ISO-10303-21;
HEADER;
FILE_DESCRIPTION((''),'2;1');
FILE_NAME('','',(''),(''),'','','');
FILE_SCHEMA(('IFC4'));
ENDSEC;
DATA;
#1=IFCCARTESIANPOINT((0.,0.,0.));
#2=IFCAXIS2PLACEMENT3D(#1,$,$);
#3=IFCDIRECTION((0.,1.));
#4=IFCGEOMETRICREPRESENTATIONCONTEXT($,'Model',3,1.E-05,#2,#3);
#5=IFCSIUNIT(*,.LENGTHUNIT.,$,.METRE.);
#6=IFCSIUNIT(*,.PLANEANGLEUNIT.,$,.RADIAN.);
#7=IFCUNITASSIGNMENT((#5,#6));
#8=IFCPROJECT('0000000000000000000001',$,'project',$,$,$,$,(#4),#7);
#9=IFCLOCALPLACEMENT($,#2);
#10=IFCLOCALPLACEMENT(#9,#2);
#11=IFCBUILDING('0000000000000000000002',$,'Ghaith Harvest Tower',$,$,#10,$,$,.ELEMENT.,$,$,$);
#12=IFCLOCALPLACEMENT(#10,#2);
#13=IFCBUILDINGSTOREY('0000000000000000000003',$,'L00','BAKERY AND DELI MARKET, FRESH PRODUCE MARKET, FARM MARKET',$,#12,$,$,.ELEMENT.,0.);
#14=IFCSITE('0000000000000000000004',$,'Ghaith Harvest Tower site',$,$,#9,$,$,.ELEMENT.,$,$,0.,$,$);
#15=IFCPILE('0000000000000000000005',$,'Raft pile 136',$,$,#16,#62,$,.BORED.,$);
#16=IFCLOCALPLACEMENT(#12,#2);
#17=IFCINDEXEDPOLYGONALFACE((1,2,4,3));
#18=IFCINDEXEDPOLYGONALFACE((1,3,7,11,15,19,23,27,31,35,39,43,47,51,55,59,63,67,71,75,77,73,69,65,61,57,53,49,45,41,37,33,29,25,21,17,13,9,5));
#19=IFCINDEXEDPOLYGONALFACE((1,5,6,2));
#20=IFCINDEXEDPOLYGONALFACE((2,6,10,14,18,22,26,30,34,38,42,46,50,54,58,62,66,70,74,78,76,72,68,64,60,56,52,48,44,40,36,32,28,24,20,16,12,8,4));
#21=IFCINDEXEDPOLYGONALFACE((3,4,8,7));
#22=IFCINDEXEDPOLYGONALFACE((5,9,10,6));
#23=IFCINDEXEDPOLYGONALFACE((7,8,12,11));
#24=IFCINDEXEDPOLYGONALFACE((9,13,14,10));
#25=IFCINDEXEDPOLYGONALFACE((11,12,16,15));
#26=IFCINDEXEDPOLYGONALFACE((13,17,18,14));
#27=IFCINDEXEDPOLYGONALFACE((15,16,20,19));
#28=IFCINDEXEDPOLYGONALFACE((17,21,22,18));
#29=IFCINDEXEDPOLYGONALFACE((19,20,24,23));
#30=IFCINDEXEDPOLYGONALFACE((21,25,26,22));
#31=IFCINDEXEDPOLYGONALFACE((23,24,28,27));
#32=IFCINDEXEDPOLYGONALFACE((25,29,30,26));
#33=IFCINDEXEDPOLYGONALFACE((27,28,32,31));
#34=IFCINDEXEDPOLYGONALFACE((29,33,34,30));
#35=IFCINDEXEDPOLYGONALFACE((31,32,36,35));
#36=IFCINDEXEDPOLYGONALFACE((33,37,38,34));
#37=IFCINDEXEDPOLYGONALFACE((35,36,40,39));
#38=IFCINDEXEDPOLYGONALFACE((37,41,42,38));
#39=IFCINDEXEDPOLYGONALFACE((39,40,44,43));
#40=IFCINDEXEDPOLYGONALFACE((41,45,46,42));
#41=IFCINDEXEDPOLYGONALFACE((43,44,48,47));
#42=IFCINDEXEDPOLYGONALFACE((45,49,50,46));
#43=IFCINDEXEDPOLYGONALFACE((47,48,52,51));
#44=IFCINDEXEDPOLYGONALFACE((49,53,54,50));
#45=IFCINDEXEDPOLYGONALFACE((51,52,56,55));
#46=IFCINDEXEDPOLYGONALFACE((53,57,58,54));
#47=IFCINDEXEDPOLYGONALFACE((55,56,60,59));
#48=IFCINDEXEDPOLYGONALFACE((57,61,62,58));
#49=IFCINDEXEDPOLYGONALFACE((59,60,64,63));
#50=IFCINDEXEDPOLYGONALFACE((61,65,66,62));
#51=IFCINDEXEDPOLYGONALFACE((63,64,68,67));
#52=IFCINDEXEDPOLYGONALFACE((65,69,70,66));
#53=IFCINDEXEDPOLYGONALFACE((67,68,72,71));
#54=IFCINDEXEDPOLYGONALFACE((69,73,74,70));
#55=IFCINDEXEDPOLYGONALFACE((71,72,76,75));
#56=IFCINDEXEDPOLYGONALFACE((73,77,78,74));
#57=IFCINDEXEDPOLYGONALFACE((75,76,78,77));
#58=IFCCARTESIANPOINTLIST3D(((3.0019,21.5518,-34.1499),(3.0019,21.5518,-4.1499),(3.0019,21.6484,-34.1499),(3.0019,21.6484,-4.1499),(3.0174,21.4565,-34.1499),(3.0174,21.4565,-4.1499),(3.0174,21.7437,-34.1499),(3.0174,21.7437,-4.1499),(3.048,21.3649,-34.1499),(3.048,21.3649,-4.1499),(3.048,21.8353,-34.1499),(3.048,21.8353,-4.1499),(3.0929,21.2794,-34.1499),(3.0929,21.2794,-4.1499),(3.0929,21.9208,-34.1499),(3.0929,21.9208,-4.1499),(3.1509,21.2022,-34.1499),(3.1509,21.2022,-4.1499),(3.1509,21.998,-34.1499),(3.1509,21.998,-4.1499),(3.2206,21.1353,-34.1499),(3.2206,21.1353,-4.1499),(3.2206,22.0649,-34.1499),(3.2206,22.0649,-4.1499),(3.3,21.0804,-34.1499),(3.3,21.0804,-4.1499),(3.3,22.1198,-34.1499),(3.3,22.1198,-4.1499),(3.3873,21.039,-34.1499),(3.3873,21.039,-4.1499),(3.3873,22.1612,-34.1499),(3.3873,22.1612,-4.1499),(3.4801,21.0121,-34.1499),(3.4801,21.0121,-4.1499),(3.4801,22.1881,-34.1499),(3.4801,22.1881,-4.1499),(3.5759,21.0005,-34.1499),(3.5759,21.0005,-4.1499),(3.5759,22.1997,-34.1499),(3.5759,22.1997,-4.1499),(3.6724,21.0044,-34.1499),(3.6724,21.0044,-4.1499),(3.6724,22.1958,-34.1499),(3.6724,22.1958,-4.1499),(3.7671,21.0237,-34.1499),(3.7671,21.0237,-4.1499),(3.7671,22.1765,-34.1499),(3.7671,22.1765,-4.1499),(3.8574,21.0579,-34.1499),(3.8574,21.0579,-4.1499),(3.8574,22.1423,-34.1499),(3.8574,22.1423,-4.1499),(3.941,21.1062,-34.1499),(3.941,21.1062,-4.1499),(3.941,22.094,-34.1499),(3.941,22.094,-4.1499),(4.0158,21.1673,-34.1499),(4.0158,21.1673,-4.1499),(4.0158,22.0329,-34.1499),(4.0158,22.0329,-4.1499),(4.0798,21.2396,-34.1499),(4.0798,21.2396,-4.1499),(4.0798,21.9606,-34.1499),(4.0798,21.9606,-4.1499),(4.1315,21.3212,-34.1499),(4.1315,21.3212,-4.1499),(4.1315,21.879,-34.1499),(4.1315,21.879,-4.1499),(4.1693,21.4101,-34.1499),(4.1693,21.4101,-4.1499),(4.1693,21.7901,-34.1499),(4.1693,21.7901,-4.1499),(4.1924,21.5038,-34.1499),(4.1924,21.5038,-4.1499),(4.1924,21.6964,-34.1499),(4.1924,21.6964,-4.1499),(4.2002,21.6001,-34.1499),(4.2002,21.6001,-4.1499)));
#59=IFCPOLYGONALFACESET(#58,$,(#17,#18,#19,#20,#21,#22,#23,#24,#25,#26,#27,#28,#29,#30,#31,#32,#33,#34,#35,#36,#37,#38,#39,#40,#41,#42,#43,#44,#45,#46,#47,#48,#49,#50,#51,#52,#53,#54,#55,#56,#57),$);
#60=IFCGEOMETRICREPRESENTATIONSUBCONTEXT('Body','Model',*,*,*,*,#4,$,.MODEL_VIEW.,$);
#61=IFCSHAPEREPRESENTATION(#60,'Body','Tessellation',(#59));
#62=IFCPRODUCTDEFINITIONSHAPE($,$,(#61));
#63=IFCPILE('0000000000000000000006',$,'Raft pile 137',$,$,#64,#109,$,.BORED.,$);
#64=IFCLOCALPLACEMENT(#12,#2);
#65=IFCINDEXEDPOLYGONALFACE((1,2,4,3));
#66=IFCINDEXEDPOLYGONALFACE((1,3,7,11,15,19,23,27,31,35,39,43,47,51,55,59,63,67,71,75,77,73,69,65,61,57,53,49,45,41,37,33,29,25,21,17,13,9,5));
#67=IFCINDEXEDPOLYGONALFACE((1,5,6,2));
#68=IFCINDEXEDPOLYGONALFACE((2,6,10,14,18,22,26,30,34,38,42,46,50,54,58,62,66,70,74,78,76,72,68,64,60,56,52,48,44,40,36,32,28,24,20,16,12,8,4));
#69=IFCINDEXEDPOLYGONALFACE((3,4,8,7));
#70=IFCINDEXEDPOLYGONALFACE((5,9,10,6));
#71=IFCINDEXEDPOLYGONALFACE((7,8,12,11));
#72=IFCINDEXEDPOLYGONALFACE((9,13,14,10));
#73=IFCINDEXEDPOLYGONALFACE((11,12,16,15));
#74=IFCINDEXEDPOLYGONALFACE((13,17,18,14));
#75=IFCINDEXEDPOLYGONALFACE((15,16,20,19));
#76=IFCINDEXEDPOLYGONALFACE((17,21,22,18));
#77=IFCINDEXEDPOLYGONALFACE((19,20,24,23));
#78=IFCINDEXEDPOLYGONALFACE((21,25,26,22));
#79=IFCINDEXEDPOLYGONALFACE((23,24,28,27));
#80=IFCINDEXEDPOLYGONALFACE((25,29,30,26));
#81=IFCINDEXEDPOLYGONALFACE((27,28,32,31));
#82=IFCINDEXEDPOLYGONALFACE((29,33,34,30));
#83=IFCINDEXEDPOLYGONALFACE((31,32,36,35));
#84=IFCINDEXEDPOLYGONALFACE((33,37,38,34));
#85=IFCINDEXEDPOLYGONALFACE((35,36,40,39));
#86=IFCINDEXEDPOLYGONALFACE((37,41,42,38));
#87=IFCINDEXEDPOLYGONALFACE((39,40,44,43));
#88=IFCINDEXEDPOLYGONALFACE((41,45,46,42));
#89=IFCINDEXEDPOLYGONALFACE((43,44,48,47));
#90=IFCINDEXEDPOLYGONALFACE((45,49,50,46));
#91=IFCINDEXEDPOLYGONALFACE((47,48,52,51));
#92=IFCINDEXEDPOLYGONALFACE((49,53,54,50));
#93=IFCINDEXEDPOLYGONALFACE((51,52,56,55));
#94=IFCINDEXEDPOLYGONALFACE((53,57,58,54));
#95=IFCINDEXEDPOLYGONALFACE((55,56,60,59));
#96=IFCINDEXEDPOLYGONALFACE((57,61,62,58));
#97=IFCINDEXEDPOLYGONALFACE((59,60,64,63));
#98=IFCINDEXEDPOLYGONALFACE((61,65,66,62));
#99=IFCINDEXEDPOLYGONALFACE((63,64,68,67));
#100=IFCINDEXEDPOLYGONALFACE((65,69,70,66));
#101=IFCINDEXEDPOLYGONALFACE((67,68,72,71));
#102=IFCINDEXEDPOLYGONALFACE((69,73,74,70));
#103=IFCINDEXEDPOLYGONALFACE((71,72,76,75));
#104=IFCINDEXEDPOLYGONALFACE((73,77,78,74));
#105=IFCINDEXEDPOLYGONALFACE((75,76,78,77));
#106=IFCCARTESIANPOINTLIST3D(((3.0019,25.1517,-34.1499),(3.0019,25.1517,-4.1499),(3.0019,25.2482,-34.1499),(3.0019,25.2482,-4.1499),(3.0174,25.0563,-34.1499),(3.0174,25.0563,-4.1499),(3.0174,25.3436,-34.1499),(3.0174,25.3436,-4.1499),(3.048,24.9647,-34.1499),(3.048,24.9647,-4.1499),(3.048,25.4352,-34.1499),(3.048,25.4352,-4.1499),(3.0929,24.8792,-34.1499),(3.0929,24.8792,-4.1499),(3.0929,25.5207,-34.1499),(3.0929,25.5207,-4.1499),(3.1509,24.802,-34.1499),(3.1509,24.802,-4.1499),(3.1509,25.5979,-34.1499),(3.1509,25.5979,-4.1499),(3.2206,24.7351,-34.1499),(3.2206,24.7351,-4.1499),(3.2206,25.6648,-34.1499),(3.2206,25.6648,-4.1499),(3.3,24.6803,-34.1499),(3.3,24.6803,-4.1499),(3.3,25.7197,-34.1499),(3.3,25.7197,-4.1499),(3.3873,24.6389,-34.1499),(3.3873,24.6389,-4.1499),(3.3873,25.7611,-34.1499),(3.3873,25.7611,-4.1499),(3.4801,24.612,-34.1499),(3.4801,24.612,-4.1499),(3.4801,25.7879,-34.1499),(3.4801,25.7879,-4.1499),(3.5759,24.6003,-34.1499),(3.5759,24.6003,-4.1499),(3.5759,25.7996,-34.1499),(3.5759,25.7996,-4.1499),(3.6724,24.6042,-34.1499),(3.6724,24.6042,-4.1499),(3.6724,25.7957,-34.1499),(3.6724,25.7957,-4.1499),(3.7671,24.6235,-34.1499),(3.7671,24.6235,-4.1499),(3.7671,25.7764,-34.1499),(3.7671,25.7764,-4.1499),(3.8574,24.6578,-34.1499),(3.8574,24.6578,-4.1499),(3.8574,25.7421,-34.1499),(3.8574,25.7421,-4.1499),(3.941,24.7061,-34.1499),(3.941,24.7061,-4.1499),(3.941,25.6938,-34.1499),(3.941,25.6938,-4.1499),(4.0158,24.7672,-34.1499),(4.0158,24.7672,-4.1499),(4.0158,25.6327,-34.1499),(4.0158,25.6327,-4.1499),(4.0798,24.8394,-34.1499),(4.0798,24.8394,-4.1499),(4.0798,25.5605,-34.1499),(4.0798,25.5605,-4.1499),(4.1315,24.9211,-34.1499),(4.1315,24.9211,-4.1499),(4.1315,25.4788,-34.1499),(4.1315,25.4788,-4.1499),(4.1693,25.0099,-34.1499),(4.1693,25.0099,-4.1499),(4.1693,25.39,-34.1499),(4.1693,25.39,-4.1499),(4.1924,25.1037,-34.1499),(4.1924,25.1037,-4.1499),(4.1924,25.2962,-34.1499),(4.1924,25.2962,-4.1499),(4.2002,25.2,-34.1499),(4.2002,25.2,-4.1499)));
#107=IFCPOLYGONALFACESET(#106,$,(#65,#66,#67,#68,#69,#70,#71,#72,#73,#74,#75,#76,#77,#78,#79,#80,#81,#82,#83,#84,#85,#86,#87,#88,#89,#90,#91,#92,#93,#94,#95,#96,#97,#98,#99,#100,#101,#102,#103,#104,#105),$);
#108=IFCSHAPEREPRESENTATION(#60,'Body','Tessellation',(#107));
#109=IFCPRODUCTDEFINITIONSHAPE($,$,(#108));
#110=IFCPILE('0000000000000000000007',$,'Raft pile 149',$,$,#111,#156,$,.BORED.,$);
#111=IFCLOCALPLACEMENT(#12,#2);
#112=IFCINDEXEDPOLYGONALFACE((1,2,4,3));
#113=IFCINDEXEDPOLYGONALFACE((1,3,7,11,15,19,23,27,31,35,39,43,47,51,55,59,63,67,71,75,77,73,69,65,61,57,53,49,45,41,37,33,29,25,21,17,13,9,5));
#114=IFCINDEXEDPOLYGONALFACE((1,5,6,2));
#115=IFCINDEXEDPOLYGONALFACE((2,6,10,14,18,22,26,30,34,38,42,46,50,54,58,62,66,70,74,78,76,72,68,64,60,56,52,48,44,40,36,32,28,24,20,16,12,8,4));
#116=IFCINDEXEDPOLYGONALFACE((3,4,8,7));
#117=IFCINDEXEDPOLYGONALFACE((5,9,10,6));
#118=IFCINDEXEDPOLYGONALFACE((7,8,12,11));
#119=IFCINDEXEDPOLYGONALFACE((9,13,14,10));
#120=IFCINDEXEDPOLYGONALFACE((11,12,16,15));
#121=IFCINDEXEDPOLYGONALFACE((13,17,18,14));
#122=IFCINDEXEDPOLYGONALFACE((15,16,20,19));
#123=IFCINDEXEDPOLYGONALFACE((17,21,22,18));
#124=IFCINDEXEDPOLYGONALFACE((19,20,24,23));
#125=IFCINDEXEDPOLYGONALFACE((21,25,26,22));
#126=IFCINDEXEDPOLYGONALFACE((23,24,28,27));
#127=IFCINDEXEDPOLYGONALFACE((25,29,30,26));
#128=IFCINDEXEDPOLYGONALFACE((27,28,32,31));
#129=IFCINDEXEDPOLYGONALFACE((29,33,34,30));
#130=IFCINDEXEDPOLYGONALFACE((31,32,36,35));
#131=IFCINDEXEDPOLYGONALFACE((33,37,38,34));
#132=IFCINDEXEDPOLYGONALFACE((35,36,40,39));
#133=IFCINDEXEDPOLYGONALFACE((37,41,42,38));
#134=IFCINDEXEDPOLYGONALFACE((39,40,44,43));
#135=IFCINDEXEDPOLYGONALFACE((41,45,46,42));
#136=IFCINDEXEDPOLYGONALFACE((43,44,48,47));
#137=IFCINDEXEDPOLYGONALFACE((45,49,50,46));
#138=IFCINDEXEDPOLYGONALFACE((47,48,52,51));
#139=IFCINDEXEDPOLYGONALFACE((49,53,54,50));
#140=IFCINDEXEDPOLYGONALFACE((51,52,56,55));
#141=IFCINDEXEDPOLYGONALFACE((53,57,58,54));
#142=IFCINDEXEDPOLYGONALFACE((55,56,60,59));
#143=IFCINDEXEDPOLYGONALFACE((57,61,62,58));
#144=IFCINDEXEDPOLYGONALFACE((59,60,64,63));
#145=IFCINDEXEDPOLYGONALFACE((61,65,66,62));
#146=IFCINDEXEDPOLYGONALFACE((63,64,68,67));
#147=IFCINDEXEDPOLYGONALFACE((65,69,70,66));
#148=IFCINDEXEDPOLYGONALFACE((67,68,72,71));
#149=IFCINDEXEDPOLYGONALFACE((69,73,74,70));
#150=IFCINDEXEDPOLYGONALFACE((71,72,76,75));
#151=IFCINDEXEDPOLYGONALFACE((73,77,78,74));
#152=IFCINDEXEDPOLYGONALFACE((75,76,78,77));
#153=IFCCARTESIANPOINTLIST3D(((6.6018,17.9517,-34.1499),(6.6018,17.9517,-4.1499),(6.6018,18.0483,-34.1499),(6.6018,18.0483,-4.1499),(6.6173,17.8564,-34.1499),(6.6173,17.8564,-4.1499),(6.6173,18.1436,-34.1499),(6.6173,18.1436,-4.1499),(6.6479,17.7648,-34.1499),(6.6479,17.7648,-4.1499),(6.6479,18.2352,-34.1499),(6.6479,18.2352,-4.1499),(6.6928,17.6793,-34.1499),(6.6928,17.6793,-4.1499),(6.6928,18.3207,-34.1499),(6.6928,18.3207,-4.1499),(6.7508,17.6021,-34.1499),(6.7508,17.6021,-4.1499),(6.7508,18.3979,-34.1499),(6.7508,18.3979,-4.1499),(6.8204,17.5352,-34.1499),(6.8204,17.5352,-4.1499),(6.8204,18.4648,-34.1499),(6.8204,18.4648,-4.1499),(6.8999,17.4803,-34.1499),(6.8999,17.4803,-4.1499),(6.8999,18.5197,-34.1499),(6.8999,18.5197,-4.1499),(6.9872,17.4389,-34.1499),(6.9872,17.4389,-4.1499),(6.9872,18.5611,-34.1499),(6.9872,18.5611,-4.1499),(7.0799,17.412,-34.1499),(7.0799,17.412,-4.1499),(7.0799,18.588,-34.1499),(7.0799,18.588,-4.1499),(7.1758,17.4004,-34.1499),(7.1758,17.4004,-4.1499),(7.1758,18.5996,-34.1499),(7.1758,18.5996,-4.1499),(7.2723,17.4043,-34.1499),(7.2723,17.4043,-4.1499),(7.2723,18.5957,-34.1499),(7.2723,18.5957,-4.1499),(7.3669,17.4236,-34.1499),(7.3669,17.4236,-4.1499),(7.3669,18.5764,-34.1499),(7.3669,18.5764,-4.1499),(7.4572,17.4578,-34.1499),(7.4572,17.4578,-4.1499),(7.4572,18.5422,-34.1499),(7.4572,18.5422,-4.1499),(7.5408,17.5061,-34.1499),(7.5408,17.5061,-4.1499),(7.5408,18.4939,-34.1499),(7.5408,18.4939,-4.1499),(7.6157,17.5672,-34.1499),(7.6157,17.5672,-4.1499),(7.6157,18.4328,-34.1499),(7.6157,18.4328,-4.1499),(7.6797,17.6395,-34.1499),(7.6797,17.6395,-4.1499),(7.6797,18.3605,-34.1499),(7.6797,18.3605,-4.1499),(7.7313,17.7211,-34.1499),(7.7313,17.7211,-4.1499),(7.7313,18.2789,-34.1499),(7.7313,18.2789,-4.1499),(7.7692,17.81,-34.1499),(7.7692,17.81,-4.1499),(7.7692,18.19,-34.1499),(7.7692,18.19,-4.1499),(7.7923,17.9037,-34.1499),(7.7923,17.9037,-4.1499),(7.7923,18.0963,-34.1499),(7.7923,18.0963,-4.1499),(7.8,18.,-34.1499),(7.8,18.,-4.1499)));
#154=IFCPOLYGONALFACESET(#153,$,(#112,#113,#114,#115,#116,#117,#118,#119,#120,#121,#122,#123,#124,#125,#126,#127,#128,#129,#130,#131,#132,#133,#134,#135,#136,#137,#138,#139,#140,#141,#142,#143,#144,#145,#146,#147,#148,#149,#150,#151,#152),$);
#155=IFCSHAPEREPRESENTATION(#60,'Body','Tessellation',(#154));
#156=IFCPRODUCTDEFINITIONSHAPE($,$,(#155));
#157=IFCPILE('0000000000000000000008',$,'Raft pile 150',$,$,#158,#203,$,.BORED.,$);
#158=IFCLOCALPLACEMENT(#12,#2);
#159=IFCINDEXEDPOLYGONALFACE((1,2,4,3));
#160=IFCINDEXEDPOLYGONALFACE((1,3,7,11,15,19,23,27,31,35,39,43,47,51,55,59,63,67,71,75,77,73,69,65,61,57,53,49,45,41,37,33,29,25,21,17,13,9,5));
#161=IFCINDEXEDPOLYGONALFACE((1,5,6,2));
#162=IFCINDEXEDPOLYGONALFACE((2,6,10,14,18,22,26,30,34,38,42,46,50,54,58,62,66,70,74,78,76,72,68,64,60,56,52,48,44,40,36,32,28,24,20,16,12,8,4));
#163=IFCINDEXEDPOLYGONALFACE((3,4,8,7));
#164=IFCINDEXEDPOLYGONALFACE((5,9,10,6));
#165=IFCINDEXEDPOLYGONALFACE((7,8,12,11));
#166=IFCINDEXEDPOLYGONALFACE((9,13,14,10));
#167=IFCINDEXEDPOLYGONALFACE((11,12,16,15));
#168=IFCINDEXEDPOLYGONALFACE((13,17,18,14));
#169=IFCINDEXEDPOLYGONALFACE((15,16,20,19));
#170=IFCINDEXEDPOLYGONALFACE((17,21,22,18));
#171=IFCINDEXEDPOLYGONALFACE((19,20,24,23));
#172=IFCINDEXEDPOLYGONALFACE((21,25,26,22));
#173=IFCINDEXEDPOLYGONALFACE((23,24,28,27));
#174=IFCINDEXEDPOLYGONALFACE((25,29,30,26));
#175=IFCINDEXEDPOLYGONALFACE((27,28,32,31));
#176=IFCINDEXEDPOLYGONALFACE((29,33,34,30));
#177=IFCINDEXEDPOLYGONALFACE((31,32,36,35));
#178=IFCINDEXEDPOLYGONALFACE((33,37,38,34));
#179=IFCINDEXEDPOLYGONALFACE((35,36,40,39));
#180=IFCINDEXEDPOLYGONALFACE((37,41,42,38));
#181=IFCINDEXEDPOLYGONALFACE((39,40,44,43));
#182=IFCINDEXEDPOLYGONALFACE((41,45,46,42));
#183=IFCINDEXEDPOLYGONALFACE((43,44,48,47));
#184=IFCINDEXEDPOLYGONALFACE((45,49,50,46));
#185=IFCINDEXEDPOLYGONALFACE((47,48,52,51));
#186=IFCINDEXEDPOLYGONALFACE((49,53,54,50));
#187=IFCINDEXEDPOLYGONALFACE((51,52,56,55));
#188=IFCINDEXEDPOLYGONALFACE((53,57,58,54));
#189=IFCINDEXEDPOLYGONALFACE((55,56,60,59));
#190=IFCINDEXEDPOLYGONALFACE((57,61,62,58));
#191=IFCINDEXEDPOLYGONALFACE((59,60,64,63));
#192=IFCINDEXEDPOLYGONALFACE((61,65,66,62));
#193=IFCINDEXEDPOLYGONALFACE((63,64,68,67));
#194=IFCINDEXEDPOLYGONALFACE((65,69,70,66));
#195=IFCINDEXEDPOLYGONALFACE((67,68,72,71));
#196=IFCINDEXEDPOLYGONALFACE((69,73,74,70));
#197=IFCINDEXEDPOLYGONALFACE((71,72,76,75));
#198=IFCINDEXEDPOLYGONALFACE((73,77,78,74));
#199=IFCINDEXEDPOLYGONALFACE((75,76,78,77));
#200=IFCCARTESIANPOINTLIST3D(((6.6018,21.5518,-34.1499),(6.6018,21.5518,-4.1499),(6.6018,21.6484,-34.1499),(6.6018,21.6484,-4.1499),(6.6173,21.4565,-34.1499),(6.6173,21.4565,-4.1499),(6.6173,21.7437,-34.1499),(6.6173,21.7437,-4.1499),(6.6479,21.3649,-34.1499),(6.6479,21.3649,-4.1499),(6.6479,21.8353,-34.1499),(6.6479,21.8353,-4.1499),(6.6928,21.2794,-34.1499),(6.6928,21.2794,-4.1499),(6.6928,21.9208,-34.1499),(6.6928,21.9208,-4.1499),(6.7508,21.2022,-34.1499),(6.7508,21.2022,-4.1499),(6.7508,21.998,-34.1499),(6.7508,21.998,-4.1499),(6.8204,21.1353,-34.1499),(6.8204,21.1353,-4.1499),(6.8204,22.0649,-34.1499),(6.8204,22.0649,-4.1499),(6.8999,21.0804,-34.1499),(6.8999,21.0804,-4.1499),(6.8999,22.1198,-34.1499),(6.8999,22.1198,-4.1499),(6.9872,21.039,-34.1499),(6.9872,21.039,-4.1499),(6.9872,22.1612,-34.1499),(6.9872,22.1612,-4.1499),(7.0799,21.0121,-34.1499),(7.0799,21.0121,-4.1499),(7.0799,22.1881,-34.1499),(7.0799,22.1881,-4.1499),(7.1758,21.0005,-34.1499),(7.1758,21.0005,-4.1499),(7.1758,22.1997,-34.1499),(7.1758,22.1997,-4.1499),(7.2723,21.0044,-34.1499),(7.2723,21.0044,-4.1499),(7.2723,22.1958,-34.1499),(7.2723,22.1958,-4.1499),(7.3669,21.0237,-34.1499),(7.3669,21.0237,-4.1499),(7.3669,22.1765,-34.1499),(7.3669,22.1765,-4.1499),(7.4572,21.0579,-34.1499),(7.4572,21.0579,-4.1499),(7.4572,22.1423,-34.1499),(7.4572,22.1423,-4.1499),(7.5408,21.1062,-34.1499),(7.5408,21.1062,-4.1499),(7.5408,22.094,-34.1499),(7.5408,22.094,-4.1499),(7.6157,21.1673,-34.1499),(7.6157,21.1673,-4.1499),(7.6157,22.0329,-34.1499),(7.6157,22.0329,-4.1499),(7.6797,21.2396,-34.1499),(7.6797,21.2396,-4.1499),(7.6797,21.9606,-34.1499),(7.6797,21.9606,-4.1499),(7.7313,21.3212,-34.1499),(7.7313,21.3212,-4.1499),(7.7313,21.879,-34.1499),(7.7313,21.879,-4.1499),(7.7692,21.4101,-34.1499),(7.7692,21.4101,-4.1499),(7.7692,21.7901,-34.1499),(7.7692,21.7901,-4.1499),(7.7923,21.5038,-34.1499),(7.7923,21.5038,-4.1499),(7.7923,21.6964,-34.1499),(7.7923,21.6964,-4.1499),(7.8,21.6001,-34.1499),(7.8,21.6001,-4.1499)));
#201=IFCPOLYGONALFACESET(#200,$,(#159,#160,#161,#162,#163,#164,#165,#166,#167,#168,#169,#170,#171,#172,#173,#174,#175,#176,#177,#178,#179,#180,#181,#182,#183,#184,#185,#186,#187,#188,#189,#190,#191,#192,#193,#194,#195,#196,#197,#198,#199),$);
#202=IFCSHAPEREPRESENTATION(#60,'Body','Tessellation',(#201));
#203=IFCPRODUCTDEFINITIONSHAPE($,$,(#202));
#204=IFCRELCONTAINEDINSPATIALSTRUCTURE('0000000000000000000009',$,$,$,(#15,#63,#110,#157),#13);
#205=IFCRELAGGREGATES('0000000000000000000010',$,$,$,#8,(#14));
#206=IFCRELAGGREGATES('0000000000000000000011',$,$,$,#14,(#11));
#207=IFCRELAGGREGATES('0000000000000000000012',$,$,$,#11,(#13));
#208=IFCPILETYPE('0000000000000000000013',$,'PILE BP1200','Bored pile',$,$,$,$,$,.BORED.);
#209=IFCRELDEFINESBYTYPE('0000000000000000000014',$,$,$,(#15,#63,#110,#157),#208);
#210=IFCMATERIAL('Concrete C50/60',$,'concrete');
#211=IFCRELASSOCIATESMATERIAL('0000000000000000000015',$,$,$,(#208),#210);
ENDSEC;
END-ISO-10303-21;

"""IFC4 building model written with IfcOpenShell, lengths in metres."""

from ifc_helpers import new_model, si_unit, direction, frame, origin, origin_2d, place, context, subcontext, project, spatial, circle, extrude, material, material_profile, profile_set, type_object, element, save


model = new_model("IFC4")

# Units and contexts
model_context = context("Model", 3, precision=1e-05, world=origin(), true_north=direction((0.0, 1.0)))
body_context = subcontext(model_context, "Body", "Model", "MODEL_VIEW")
ifc_project = project(units=[si_unit("LENGTHUNIT", "METRE"), si_unit("PLANEANGLEUNIT", "RADIAN")], contexts=[model_context])

# Site, building, storey
site_placement = place(None, origin())
site = spatial("IfcSite", under=ifc_project, at=site_placement, Name="Ghaith Harvest Tower site", CompositionType="ELEMENT", RefElevation=0.0)
building_placement = place(site_placement, origin())
building = spatial("IfcBuilding", under=site, at=building_placement, Name="Ghaith Harvest Tower", CompositionType="ELEMENT")
storey_placement = place(building_placement, origin())
storey = spatial("IfcBuildingStorey", under=building, at=storey_placement, Name="L00", Description="BAKERY AND DELI MARKET, FRESH PRODUCE MARKET, FARM MARKET", CompositionType="ELEMENT", Elevation=0.0)

# Piles
ifc_material_1 = material(Name="Concrete C50/60", Category="concrete")
ifc_material_profile_1 = material_profile(ifc_material_1, circle(Radius=0.6001, at=origin_2d()), Name="PILE1200")
ifc_profile_set_1 = profile_set([ifc_material_profile_1], Name="Concrete C50/60")
pile_type_1 = type_object("IfcPileType", Name="PILE BP1200", Description="Bored pile", PredefinedType="BORED", material=ifc_profile_set_1)
for number, where, z_axis, x_axis, name in (
    (1, (3.6001, 21.6001, -4.1499), (0.0, 0.0, -1.0), (1.0, 0.0, 0.0), "Raft pile 136"),
    (2, (3.6001, 25.2, -4.1499), (0.0, 0.0, -1.0), (1.0, 0.0, 0.0), "Raft pile 137"),
    (3, (7.2, 18.0, -4.1499), (0.0, 0.0, -1.0), (1.0, 0.0, 0.0), "Raft pile 149"),
    (4, (7.2, 21.6001, -4.1499), (0.0, 0.0, -1.0), (1.0, 0.0, 0.0), "Raft pile 150"),
):
    element("IfcPile", number, at=place(storey_placement, frame(where, z_axis=z_axis, x_axis=x_axis)), inside=storey, type_object=pile_type_1, Name=name, PredefinedType="BORED", context=body_context, shape_type="SweptSolid", body=[
        extrude(circle(Radius=0.6001, at=origin_2d()), origin(), (0.0, 0.0, 1.0), 30.0),
    ])

save(model, "model.ifc")
